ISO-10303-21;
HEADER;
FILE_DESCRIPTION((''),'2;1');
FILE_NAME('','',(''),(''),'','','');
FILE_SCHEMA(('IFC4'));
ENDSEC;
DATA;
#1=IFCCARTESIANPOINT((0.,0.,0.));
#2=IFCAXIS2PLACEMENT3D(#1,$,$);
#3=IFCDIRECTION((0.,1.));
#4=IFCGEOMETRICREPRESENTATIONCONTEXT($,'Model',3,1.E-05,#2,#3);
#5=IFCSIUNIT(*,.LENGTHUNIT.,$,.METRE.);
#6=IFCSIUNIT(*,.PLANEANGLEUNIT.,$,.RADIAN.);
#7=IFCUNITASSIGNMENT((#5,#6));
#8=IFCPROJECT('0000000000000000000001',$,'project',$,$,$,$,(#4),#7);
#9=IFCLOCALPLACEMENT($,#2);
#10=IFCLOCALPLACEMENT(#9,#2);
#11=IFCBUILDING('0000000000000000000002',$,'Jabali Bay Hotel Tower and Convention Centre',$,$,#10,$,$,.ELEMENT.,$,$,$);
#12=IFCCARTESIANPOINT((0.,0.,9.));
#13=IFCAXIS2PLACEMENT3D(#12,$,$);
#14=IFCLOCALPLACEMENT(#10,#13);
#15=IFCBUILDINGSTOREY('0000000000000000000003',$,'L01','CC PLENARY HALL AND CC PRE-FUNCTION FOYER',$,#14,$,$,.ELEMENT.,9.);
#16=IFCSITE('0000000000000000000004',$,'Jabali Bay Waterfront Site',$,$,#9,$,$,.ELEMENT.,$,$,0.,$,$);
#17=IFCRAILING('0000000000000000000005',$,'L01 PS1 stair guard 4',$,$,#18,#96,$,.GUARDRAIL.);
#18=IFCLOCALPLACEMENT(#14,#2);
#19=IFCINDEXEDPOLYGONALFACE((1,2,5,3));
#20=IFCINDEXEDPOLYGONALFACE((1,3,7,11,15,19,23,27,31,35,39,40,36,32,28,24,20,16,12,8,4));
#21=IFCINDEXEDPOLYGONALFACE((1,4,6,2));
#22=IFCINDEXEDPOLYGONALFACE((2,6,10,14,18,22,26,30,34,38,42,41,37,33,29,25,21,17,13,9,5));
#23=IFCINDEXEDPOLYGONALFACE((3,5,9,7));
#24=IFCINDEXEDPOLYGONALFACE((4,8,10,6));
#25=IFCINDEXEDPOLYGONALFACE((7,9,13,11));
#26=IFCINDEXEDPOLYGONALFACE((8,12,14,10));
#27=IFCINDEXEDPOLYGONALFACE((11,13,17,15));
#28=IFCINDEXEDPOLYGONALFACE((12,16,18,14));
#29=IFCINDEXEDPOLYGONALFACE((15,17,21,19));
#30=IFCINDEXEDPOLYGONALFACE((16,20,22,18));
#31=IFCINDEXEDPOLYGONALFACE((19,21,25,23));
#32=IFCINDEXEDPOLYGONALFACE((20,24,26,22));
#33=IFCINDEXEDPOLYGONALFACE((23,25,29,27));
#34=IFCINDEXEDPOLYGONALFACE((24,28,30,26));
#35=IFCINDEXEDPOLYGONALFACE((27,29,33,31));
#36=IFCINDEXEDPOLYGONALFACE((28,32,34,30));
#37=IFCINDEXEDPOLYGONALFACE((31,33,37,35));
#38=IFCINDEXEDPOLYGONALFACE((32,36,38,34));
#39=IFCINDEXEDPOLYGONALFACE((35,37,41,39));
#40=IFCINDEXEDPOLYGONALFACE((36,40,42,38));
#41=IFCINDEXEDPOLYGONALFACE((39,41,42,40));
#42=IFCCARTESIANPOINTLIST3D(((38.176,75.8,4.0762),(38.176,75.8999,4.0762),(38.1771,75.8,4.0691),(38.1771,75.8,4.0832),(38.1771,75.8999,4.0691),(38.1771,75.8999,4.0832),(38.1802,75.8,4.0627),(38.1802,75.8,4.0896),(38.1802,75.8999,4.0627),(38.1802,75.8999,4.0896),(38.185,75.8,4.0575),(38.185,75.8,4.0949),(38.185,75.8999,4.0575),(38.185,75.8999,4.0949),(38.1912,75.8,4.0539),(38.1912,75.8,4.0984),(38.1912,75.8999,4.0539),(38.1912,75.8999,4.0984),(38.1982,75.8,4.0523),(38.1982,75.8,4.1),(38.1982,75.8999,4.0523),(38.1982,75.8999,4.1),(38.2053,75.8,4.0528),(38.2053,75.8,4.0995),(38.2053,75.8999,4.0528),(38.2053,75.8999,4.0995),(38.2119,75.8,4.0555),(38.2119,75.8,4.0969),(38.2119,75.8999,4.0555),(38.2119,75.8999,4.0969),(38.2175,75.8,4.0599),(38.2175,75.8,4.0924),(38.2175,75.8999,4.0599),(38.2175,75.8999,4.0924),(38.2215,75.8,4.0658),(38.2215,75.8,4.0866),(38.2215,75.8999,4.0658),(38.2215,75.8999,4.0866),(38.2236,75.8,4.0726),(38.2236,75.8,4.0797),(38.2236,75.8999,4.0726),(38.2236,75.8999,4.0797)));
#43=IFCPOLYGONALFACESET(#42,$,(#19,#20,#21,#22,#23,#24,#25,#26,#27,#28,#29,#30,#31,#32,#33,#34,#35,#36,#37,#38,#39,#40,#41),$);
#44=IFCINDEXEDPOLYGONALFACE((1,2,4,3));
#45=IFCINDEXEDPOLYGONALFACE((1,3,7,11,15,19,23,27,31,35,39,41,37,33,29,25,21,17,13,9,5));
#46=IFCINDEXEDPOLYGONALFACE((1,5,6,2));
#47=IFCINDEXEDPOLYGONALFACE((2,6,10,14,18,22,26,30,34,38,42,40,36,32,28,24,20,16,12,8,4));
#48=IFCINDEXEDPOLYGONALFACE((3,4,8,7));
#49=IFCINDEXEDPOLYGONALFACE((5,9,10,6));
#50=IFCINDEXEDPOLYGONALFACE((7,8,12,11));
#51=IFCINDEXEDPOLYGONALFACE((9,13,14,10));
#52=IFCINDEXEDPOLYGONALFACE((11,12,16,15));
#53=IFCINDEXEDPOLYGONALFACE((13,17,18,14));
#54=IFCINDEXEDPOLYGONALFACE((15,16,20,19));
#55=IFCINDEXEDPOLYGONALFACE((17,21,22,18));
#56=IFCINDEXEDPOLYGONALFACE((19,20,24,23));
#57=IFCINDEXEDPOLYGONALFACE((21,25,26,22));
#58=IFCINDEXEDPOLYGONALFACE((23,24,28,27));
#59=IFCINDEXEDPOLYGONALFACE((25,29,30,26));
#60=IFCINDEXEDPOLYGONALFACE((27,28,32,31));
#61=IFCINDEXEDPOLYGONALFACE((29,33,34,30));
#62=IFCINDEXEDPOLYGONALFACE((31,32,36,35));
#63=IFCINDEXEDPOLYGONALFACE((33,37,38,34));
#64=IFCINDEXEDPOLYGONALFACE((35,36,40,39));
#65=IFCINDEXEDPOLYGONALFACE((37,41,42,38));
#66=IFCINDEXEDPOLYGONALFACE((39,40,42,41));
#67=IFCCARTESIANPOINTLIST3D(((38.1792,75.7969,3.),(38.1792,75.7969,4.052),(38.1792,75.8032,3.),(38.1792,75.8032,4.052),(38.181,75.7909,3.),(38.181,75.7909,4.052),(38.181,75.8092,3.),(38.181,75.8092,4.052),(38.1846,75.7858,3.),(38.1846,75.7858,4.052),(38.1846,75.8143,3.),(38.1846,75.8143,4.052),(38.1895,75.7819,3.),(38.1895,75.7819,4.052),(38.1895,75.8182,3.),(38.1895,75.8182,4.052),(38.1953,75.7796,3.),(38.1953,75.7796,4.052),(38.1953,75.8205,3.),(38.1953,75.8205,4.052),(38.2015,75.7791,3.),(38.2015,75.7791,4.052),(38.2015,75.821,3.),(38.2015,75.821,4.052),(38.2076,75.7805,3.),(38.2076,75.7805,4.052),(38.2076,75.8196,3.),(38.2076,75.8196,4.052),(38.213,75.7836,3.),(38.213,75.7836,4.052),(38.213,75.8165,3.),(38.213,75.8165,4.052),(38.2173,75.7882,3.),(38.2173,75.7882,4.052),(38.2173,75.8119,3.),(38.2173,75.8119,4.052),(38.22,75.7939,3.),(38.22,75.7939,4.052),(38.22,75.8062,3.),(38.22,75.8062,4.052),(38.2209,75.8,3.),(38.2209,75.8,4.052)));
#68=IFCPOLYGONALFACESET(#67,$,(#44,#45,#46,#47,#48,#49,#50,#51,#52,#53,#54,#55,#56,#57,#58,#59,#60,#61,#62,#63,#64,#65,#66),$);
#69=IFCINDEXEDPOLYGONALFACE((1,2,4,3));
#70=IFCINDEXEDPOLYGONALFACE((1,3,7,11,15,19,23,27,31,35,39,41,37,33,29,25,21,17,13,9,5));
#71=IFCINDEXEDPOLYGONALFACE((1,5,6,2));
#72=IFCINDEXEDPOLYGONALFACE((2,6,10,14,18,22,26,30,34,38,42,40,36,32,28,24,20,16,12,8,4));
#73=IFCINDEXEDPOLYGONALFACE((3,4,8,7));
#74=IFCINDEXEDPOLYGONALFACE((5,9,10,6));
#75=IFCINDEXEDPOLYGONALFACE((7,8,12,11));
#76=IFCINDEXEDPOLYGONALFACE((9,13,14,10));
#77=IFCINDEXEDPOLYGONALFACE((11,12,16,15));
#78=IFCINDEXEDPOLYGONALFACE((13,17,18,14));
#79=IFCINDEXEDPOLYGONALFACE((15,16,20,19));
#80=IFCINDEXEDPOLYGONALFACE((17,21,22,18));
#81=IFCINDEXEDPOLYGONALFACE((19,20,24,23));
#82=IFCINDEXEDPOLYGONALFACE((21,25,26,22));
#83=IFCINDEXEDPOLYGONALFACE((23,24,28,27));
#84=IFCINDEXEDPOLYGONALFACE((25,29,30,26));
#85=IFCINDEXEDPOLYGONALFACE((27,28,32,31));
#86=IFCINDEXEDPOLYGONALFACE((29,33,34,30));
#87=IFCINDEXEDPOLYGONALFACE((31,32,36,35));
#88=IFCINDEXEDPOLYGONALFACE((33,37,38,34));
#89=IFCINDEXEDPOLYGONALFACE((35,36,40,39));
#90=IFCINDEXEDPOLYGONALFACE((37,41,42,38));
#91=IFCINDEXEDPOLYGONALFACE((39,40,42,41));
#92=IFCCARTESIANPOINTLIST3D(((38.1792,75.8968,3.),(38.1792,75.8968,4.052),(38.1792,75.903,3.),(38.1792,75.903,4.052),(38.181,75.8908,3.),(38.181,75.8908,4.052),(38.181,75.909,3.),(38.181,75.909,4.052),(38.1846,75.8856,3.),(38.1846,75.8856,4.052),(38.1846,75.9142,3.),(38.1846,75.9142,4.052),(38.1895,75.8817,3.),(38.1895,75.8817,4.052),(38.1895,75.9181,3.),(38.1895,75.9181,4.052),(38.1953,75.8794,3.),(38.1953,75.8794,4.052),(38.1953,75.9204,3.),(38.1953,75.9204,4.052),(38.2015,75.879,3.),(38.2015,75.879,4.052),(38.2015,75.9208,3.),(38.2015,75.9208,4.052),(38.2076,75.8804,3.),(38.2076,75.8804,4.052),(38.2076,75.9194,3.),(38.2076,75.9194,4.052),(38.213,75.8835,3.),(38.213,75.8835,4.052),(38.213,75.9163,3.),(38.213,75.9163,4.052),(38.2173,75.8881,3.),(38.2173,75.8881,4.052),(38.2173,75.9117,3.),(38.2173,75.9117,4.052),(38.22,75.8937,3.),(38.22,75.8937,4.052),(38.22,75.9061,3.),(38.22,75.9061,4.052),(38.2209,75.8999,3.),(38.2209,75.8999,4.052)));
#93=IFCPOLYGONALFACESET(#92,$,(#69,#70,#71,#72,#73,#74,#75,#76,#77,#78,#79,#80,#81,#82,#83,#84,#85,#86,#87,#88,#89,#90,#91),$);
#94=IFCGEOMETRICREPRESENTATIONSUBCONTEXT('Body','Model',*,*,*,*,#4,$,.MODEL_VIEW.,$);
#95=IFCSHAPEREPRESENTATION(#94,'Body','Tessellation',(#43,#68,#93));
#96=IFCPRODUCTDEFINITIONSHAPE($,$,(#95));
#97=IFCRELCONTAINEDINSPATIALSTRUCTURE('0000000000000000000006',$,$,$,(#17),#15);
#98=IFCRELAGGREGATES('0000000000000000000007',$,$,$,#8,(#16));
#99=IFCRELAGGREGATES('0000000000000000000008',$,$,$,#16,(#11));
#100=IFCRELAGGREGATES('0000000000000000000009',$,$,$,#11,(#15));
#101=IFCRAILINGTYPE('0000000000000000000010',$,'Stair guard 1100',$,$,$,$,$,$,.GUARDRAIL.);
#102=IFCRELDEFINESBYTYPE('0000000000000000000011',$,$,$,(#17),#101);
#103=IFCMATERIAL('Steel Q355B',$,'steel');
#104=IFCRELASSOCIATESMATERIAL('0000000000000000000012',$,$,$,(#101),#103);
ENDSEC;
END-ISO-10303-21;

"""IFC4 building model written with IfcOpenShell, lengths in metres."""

from ifc_helpers import new_model, si_unit, direction, frame, origin, origin_2d, place, context, subcontext, project, spatial, circle, extrude, material, type_object, element, save


model = new_model("IFC4")

# Units and contexts
model_context = context("Model", 3, precision=1e-05, world=origin(), true_north=direction((0.0, 1.0)))
body_context = subcontext(model_context, "Body", "Model", "MODEL_VIEW")
ifc_project = project(units=[si_unit("LENGTHUNIT", "METRE"), si_unit("PLANEANGLEUNIT", "RADIAN")], contexts=[model_context])

# Site, building, storey
site_placement = place(None, origin())
site = spatial("IfcSite", under=ifc_project, at=site_placement, Name="Jabali Bay Waterfront Site", CompositionType="ELEMENT", RefElevation=0.0)
building_placement = place(site_placement, origin())
building = spatial("IfcBuilding", under=site, at=building_placement, Name="Jabali Bay Hotel Tower and Convention Centre", CompositionType="ELEMENT")
storey_placement = place(building_placement, frame((0.0, 0.0, 9.0)))
storey = spatial("IfcBuildingStorey", under=building, at=storey_placement, Name="L01", Description="CC PLENARY HALL AND CC PRE-FUNCTION FOYER", CompositionType="ELEMENT", Elevation=9.0)

# Railing
ifc_material_1 = material(Name="Steel Q355B", Category="steel")
railing_type_1 = type_object("IfcRailingType", Name="Stair guard 1100", PredefinedType="GUARDRAIL", material=ifc_material_1)
railing_1_placement = place(storey_placement, frame((38.2, 75.8, 3.0)))
element("IfcRailing", 1, at=railing_1_placement, inside=storey, type_object=railing_type_1, Name="L01 PS1 stair guard 4", PredefinedType="GUARDRAIL", context=body_context, shape_type="SweptSolid", body=[
    extrude(circle(Radius=0.0239, at=origin_2d()), frame((0.0, 0.0, 1.0762), z_axis=(0.0, 1.0, 0.0), x_axis=(-1.0, 0.0, 0.0)), (0.0, 0.0, 1.0), 0.0999),
    extrude(circle(Radius=0.021, at=origin_2d()), origin(), (0.0, 0.0, 1.0), 1.052),
    extrude(circle(Radius=0.021, at=origin_2d()), frame((0.0, 0.0999, 0.0)), (0.0, 0.0, 1.0), 1.052),
])

save(model, "model.ifc")
